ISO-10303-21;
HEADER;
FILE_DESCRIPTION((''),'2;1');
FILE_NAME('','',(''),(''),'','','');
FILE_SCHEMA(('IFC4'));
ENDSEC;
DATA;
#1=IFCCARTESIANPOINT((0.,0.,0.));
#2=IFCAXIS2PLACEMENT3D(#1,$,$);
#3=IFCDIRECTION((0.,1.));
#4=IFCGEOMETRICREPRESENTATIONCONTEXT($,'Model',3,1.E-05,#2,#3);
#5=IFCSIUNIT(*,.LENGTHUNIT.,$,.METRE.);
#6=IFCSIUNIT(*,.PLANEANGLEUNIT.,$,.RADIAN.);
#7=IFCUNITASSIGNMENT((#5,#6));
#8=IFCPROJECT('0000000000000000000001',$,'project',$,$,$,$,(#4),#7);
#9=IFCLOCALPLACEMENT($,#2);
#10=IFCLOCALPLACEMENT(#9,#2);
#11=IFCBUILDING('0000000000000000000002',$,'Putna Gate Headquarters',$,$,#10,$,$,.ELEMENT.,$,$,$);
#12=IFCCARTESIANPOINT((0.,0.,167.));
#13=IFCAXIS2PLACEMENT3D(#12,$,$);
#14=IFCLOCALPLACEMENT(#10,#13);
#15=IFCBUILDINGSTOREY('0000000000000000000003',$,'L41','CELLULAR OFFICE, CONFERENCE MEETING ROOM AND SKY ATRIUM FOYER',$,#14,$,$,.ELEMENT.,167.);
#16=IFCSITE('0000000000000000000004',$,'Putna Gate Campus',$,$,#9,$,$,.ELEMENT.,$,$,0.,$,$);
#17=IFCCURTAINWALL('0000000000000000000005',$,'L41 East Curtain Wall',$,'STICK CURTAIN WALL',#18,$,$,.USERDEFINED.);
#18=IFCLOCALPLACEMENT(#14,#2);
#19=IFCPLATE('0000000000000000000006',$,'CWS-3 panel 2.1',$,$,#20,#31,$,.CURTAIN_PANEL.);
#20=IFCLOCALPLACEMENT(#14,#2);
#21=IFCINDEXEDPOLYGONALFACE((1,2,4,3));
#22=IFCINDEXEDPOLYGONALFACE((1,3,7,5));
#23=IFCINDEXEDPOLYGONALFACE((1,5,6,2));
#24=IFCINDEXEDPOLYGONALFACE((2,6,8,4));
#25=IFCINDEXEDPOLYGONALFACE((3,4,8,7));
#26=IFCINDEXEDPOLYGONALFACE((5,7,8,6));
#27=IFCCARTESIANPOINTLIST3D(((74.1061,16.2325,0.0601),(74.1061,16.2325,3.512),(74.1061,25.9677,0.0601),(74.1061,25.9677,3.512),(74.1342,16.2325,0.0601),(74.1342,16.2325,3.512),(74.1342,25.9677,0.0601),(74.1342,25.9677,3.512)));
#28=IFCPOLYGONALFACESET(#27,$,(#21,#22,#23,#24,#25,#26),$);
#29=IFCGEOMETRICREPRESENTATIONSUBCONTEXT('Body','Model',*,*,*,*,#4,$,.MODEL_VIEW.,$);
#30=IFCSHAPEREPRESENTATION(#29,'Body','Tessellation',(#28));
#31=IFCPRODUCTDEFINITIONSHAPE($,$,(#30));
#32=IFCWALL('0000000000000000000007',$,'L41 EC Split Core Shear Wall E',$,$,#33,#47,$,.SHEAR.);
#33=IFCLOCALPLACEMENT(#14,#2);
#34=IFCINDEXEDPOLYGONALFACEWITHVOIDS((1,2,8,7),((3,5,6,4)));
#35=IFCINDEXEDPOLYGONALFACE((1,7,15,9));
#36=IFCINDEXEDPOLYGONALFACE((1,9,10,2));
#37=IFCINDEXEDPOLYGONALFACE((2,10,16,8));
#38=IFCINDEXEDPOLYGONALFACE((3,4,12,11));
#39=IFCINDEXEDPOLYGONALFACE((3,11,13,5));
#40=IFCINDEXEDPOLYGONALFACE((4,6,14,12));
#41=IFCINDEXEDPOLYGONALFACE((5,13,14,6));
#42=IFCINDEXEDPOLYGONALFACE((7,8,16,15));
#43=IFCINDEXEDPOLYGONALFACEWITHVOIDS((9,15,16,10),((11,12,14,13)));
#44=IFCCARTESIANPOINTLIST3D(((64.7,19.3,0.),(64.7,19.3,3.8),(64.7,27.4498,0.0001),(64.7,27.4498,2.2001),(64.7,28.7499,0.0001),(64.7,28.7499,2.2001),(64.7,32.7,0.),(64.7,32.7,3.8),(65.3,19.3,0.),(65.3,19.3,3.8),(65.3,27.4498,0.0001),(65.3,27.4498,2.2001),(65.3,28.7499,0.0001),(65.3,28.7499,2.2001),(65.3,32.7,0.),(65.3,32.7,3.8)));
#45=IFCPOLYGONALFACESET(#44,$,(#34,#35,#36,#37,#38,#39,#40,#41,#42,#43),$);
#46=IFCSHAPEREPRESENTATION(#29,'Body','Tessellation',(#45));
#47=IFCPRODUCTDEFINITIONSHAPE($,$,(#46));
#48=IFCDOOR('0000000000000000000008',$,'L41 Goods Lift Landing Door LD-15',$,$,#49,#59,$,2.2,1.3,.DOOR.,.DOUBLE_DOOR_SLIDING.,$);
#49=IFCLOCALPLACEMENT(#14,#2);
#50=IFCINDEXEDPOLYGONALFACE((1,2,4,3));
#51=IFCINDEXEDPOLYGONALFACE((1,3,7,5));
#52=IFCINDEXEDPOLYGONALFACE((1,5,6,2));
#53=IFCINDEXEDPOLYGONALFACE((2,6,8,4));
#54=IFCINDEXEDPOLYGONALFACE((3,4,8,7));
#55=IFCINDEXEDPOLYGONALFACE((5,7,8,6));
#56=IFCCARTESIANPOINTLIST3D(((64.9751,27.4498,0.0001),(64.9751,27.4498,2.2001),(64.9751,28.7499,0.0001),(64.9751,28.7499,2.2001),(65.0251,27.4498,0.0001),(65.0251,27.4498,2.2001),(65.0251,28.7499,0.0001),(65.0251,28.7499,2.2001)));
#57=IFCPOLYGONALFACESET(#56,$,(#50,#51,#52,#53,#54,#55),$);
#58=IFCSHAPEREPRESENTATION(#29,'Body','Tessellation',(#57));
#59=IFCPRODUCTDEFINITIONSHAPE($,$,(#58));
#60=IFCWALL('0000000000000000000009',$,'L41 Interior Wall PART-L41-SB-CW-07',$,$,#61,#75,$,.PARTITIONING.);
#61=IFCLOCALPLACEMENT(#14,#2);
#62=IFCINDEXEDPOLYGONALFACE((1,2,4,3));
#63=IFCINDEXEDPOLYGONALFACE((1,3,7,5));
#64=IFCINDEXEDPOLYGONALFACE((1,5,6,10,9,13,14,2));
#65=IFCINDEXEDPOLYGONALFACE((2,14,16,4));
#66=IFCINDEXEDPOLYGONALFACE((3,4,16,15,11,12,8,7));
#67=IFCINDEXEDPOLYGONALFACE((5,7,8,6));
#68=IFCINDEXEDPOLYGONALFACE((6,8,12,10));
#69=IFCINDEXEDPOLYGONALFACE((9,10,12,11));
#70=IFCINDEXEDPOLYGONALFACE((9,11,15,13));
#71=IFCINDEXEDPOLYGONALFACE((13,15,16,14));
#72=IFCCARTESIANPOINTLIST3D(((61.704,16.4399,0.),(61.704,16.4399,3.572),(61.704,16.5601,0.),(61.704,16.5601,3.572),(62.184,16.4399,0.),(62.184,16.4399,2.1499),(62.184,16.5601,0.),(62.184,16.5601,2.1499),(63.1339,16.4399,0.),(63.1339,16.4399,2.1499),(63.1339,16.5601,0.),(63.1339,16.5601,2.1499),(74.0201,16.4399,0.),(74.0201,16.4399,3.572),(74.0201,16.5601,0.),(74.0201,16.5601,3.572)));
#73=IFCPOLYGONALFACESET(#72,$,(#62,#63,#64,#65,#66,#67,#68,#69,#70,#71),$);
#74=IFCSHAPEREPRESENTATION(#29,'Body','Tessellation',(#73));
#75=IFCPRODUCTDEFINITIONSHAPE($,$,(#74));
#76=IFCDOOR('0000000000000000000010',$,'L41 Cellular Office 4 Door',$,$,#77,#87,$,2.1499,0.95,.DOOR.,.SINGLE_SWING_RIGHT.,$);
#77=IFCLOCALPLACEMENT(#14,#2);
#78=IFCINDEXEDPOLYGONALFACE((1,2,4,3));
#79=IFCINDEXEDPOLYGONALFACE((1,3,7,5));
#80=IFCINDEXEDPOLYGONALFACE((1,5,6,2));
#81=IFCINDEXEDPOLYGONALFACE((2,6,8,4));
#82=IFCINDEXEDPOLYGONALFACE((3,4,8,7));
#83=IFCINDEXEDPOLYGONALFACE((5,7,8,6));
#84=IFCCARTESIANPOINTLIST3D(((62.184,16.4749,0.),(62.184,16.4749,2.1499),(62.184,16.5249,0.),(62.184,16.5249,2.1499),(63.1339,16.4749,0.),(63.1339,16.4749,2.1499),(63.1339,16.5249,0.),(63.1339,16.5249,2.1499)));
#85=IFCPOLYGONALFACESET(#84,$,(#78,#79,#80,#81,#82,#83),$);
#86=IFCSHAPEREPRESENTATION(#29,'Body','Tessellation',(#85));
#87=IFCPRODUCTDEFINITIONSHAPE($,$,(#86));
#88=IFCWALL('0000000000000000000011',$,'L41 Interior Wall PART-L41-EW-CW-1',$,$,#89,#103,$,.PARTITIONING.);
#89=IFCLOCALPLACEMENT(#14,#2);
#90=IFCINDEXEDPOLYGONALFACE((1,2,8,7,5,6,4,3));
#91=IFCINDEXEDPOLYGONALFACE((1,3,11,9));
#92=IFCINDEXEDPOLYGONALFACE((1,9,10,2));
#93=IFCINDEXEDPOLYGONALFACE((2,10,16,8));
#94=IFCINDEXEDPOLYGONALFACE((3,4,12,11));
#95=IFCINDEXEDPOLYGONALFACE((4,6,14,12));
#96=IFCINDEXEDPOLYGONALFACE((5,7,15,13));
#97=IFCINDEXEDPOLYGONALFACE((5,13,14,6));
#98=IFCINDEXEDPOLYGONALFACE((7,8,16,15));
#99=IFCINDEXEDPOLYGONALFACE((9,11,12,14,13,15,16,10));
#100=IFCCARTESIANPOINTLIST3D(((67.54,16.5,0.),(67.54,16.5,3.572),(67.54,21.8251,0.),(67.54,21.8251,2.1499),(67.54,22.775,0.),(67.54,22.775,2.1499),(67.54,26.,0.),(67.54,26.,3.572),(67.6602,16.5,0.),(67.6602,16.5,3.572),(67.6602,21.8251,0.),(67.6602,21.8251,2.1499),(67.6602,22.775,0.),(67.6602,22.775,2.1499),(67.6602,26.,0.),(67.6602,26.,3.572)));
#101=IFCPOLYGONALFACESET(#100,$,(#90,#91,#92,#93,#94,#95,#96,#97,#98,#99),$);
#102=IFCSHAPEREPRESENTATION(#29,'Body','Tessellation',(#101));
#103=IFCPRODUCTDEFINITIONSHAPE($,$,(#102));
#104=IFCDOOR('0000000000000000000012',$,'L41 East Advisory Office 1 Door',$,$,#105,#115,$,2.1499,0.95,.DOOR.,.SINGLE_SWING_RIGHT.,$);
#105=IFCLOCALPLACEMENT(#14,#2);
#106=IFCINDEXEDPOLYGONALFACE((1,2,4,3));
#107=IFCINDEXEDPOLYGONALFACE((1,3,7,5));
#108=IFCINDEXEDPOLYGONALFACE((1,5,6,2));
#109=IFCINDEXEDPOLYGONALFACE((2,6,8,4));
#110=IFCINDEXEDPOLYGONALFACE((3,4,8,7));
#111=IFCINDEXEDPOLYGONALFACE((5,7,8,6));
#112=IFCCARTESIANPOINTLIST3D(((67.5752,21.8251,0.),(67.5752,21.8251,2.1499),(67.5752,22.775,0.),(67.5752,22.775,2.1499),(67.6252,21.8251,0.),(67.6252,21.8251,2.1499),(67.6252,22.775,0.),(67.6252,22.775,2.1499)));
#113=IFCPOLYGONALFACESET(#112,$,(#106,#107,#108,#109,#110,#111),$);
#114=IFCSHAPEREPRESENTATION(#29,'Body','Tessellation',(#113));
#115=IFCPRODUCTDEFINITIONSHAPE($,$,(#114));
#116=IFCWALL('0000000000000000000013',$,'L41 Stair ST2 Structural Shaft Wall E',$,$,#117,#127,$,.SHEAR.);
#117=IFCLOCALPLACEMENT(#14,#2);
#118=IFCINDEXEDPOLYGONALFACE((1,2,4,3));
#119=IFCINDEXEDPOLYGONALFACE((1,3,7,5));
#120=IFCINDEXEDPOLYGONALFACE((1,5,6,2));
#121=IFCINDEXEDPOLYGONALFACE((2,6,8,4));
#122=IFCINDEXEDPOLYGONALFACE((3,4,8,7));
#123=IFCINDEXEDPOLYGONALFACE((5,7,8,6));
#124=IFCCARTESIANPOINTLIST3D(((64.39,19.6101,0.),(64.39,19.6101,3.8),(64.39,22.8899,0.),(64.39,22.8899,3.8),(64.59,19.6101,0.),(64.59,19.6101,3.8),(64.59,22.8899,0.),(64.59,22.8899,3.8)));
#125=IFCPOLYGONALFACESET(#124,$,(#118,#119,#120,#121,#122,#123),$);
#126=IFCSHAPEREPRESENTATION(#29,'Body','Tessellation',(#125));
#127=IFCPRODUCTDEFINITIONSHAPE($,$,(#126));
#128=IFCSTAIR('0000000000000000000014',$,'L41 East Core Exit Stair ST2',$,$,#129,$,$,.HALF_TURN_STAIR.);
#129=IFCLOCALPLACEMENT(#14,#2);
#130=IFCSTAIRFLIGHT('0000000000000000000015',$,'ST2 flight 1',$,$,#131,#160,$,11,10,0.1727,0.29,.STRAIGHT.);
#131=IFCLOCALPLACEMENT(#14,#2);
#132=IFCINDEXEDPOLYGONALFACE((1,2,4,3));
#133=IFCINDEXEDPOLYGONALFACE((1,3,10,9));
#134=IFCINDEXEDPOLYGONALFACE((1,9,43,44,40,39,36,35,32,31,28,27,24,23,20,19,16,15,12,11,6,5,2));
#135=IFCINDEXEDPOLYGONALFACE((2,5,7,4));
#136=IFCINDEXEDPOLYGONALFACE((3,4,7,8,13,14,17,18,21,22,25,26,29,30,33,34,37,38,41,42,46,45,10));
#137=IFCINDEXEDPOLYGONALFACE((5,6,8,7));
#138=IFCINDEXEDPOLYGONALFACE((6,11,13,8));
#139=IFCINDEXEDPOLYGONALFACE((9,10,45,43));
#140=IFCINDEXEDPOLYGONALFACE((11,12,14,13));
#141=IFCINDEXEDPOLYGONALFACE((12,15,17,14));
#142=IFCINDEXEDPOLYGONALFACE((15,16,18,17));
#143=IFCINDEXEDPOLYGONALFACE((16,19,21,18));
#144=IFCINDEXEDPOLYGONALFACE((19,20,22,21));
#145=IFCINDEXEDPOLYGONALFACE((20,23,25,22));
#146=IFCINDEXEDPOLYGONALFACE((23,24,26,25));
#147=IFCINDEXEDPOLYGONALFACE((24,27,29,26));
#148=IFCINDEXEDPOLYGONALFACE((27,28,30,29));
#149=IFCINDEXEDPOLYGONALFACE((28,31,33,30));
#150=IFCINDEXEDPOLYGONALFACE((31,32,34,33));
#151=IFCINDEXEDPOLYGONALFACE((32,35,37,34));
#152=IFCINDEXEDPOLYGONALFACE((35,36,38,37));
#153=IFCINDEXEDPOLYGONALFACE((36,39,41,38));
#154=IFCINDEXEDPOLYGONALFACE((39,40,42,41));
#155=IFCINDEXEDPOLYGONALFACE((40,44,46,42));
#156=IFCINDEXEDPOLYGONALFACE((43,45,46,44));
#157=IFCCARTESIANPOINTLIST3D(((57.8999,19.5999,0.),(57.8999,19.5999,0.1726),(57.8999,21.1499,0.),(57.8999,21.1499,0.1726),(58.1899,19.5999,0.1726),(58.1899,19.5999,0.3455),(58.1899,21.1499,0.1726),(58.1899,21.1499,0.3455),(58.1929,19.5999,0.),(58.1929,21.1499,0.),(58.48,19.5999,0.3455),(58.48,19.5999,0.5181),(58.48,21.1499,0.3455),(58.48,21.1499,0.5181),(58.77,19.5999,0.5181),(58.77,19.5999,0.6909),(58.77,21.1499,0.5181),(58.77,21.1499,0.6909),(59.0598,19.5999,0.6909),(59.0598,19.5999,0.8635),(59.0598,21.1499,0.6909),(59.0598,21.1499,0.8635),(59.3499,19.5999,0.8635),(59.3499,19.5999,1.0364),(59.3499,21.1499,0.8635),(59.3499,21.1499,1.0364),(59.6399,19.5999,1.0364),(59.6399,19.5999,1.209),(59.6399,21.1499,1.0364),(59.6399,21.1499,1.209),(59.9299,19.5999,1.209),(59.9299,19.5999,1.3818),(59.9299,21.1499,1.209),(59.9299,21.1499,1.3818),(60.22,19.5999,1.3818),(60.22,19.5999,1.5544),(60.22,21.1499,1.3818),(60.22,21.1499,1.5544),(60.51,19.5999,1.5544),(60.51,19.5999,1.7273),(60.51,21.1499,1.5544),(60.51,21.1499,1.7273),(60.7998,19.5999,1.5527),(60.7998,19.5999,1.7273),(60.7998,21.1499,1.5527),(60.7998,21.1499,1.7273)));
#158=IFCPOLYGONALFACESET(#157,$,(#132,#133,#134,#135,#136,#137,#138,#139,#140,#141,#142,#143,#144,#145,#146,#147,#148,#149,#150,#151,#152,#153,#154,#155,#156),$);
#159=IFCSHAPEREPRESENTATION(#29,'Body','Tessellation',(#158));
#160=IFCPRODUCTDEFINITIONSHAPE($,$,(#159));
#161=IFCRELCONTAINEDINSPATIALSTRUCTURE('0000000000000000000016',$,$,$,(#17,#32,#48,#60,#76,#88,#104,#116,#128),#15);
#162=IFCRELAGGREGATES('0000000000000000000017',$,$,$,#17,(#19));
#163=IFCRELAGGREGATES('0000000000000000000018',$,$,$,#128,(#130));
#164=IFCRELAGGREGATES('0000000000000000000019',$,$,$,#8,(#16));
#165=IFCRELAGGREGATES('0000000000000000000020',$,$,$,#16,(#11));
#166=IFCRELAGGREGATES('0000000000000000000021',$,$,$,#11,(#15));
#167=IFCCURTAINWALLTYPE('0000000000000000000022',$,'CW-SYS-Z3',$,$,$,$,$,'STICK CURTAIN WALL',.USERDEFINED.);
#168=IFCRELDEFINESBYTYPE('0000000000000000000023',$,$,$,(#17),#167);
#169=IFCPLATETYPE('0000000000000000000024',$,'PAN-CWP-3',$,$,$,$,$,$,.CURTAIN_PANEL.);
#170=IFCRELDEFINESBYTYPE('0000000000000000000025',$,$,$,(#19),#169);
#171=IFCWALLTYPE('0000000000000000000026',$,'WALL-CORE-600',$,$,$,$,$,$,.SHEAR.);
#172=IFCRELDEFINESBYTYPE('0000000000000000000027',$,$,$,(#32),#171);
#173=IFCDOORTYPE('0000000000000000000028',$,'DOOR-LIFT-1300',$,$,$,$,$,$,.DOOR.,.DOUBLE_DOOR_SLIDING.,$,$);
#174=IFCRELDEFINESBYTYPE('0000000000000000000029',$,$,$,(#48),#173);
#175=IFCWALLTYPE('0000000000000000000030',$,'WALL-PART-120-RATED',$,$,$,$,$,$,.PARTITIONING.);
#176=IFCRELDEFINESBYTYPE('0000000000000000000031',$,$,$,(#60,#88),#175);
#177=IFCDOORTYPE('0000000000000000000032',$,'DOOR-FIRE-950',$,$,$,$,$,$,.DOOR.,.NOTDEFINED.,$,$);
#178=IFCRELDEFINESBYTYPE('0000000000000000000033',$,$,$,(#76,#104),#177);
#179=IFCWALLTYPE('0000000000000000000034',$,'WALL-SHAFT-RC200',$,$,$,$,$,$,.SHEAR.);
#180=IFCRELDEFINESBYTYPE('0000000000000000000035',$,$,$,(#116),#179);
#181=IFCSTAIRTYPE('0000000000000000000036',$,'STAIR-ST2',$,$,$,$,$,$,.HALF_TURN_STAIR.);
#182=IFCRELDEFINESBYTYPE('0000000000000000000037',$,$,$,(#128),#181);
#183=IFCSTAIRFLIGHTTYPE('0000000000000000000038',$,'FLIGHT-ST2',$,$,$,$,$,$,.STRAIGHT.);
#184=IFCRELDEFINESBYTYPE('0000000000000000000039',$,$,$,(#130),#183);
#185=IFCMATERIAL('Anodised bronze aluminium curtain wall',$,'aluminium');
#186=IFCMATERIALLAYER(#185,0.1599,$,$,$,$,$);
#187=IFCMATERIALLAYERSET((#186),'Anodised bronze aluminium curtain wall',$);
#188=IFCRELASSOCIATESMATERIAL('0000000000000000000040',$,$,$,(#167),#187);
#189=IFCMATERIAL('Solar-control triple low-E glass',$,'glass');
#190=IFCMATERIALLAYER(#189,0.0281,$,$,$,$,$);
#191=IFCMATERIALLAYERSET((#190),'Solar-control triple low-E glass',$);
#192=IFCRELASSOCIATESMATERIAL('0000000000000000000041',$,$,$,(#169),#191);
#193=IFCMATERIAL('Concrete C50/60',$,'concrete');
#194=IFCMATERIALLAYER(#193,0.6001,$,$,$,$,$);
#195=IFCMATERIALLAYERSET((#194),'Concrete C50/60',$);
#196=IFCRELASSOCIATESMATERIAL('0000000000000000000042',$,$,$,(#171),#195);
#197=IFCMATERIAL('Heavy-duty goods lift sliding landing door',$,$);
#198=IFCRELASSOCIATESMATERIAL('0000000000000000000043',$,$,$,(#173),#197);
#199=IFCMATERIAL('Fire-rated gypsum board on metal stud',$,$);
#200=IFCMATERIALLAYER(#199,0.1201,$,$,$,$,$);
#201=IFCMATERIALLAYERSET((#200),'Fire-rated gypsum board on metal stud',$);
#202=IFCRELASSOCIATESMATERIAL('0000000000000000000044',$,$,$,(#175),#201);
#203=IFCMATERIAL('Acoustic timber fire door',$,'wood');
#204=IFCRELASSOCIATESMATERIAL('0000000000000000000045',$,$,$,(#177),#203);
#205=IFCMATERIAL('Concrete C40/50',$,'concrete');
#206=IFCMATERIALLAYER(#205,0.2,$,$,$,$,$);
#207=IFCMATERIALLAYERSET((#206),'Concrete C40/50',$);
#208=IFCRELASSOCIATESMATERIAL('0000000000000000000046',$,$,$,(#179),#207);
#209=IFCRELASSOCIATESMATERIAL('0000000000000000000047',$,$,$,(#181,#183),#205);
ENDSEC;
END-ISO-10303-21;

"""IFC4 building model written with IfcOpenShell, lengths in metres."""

from ifc_helpers import new_model, si_unit, direction, frame, frame_2d, origin, origin_2d, place, context, subcontext, project, spatial, polyline, rectangle, outline, extrude, material, layer, layer_set, type_object, element, fill, aggregate, save


model = new_model("IFC4")

# Units and contexts
model_context = context("Model", 3, precision=1e-05, world=origin(), true_north=direction((0.0, 1.0)))
body_context = subcontext(model_context, "Body", "Model", "MODEL_VIEW")
ifc_project = project(units=[si_unit("LENGTHUNIT", "METRE"), si_unit("PLANEANGLEUNIT", "RADIAN")], contexts=[model_context])

# Site, building, storey
site_placement = place(None, origin())
site = spatial("IfcSite", under=ifc_project, at=site_placement, Name="Putna Gate Campus", CompositionType="ELEMENT", RefElevation=0.0)
building_placement = place(site_placement, origin())
building = spatial("IfcBuilding", under=site, at=building_placement, Name="Putna Gate Headquarters", CompositionType="ELEMENT")
storey_placement = place(building_placement, frame((0.0, 0.0, 167.0)))
storey = spatial("IfcBuildingStorey", under=building, at=storey_placement, Name="L41", Description="CELLULAR OFFICE, CONFERENCE MEETING ROOM AND SKY ATRIUM FOYER", CompositionType="ELEMENT", Elevation=167.0)

# Shared definitions
ifc_material_1 = material(Name="Concrete C50/60", Category="concrete")

# Curtain wall, plate
ifc_material_2 = material(Name="Anodised bronze aluminium curtain wall", Category="aluminium")
ifc_layer_1 = layer(ifc_material_2, 0.1599)
ifc_layer_set_1 = layer_set([ifc_layer_1], Name="Anodised bronze aluminium curtain wall")
curtain_wall_type = type_object("IfcCurtainWallType", Name="CW-SYS-Z3", ElementType="STICK CURTAIN WALL", PredefinedType="USERDEFINED", material=ifc_layer_set_1)
curtain_wall_placement = place(storey_placement, origin())
curtain_wall = element("IfcCurtainWall", 1, at=curtain_wall_placement, inside=storey, type_object=curtain_wall_type, Name="L41 East Curtain Wall", ObjectType="STICK CURTAIN WALL", PredefinedType="USERDEFINED")
ifc_material_3 = material(Name="Solar-control triple low-E glass", Category="glass")
ifc_layer_2 = layer(ifc_material_3, 0.0281)
ifc_layer_set_2 = layer_set([ifc_layer_2], Name="Solar-control triple low-E glass")
plate_type = type_object("IfcPlateType", Name="PAN-CWP-3", PredefinedType="CURTAIN_PANEL", material=ifc_layer_set_2)
plate_placement = place(storey_placement, frame((74.1201, 21.1001, 0.0601), z_axis=(0.0, 0.0, 1.0), x_axis=(0.0, 1.0, 0.0)))
plate = element("IfcPlate", 2, at=plate_placement, type_object=plate_type, Name="CWS-3 panel 2.1", PredefinedType="CURTAIN_PANEL", context=body_context, shape_type="SweptSolid", body=[
    extrude(rectangle(XDim=9.7351, YDim=0.0281, at=origin_2d()), origin(), (0.0, 0.0, 1.0), 3.4519),
])
aggregate(curtain_wall, [plate])

# Walls, openings, doors
ifc_layer_3 = layer(ifc_material_1, 0.6001)
ifc_layer_set_3 = layer_set([ifc_layer_3], Name="Concrete C50/60")
wall_type_1 = type_object("IfcWallType", Name="WALL-CORE-600", PredefinedType="SHEAR", material=ifc_layer_set_3)
wall_1_placement = place(storey_placement, frame((65.0, 19.3, 0.0), z_axis=(0.0, 0.0, 1.0), x_axis=(0.0, 1.0, 0.0)))
wall_1 = element("IfcWall", 3, at=wall_1_placement, inside=storey, type_object=wall_type_1, Name="L41 EC Split Core Shear Wall E", PredefinedType="SHEAR", context=body_context, shape_type="SweptSolid", body=[
    extrude(rectangle(XDim=13.3999, YDim=0.6001, at=frame_2d((6.7, 0.0))), origin(), (0.0, 0.0, 1.0), 3.8),
])
opening_1_placement = place(wall_1_placement, frame((8.1499, 0.0, 0.0)))
opening_1 = element("IfcOpeningElement", 4, at=opening_1_placement, cuts=wall_1, PredefinedType="OPENING", context=body_context, shape_type="SweptSolid", body=[
    extrude(rectangle(XDim=1.3, YDim=2.2, at=frame_2d((0.6499, 1.1001))), frame((0.0, 0.3101, 0.0), z_axis=(0.0, -1.0, 0.0), x_axis=(1.0, 0.0, 0.0)), (0.0, 0.0, 1.0), 0.6201),
])
ifc_material_4 = material(Name="Heavy-duty goods lift sliding landing door")
door_type_1 = type_object("IfcDoorType", Name="DOOR-LIFT-1300", OperationType="DOUBLE_DOOR_SLIDING", PredefinedType="DOOR", material=ifc_material_4)
door_1_placement = place(opening_1_placement, origin())
door_1 = element("IfcDoor", 5, at=door_1_placement, inside=storey, type_object=door_type_1, Name="L41 Goods Lift Landing Door LD-15", OperationType="DOUBLE_DOOR_SLIDING", OverallHeight=2.2, OverallWidth=1.3, PredefinedType="DOOR", context=body_context, shape_type="SweptSolid", body=[
    extrude(rectangle(XDim=1.3, YDim=2.2, at=frame_2d((0.6499, 1.1001))), frame((0.0, 0.0249, 0.0), z_axis=(0.0, -1.0, 0.0), x_axis=(1.0, 0.0, 0.0)), (0.0, 0.0, 1.0), 0.05),
])
fill(opening_1, door_1)
ifc_material_5 = material(Name="Fire-rated gypsum board on metal stud")
ifc_layer_4 = layer(ifc_material_5, 0.1201)
ifc_layer_set_4 = layer_set([ifc_layer_4], Name="Fire-rated gypsum board on metal stud")
wall_type_2 = type_object("IfcWallType", Name="WALL-PART-120-RATED", PredefinedType="PARTITIONING", material=ifc_layer_set_4)
wall_2_placement = place(storey_placement, frame((61.7039, 16.5, 0.0), z_axis=(0.0, 0.0, 1.0), x_axis=(1.0, 0.0, 0.0)))
wall_2 = element("IfcWall", 6, at=wall_2_placement, inside=storey, type_object=wall_type_2, Name="L41 Interior Wall PART-L41-SB-CW-07", PredefinedType="PARTITIONING", context=body_context, shape_type="SweptSolid", body=[
    extrude(rectangle(XDim=12.3162, YDim=0.1201, at=frame_2d((6.1582, 0.0))), origin(), (0.0, 0.0, 1.0), 3.572),
])
opening_2_placement = place(wall_2_placement, frame((0.48, 0.0, 0.0)))
opening_2 = element("IfcOpeningElement", 7, at=opening_2_placement, cuts=wall_2, PredefinedType="OPENING", context=body_context, shape_type="SweptSolid", body=[
    extrude(rectangle(XDim=0.95, YDim=2.1499, at=frame_2d((0.4751, 1.075))), frame((0.0, 0.0701, 0.0), z_axis=(0.0, -1.0, 0.0), x_axis=(1.0, 0.0, 0.0)), (0.0, 0.0, 1.0), 0.1401),
])
ifc_material_6 = material(Name="Acoustic timber fire door", Category="wood")
door_type_2 = type_object("IfcDoorType", Name="DOOR-FIRE-950", OperationType="NOTDEFINED", PredefinedType="DOOR", material=ifc_material_6)
door_2_placement = place(opening_2_placement, origin())
door_2 = element("IfcDoor", 8, at=door_2_placement, inside=storey, type_object=door_type_2, Name="L41 Cellular Office 4 Door", OperationType="SINGLE_SWING_RIGHT", OverallHeight=2.1499, OverallWidth=0.95, PredefinedType="DOOR", context=body_context, shape_type="SweptSolid", body=[
    extrude(rectangle(XDim=0.95, YDim=2.1499, at=frame_2d((0.4751, 1.075))), frame((0.0, 0.0249, 0.0), z_axis=(0.0, -1.0, 0.0), x_axis=(1.0, 0.0, 0.0)), (0.0, 0.0, 1.0), 0.05),
])
fill(opening_2, door_2)
wall_3_placement = place(storey_placement, frame((67.6001, 16.5, 0.0), z_axis=(0.0, 0.0, 1.0), x_axis=(0.0, 1.0, 0.0)))
wall_3 = element("IfcWall", 9, at=wall_3_placement, inside=storey, type_object=wall_type_2, Name="L41 Interior Wall PART-L41-EW-CW-1", PredefinedType="PARTITIONING", context=body_context, shape_type="SweptSolid", body=[
    extrude(rectangle(XDim=9.5, YDim=0.1201, at=frame_2d((4.75, 0.0))), origin(), (0.0, 0.0, 1.0), 3.572),
])
opening_3_placement = place(wall_3_placement, frame((5.325, 0.0, 0.0)))
opening_3 = element("IfcOpeningElement", 10, at=opening_3_placement, cuts=wall_3, PredefinedType="OPENING", context=body_context, shape_type="SweptSolid", body=[
    extrude(rectangle(XDim=0.95, YDim=2.1499, at=frame_2d((0.4751, 1.075))), frame((0.0, 0.0701, 0.0), z_axis=(0.0, -1.0, 0.0), x_axis=(1.0, 0.0, 0.0)), (0.0, 0.0, 1.0), 0.1401),
])
door_3_placement = place(opening_3_placement, origin())
door_3 = element("IfcDoor", 11, at=door_3_placement, inside=storey, type_object=door_type_2, Name="L41 East Advisory Office 1 Door", OperationType="SINGLE_SWING_RIGHT", OverallHeight=2.1499, OverallWidth=0.95, PredefinedType="DOOR", context=body_context, shape_type="SweptSolid", body=[
    extrude(rectangle(XDim=0.95, YDim=2.1499, at=frame_2d((0.4751, 1.075))), frame((0.0, 0.0249, 0.0), z_axis=(0.0, -1.0, 0.0), x_axis=(1.0, 0.0, 0.0)), (0.0, 0.0, 1.0), 0.05),
])
fill(opening_3, door_3)

# Wall
ifc_material_7 = material(Name="Concrete C40/50", Category="concrete")
ifc_layer_5 = layer(ifc_material_7, 0.2)
ifc_layer_set_5 = layer_set([ifc_layer_5], Name="Concrete C40/50")
wall_type_3 = type_object("IfcWallType", Name="WALL-SHAFT-RC200", PredefinedType="SHEAR", material=ifc_layer_set_5)
wall_4_placement = place(storey_placement, frame((64.49, 19.6101, 0.0), z_axis=(0.0, 0.0, 1.0), x_axis=(0.0, 1.0, 0.0)))
element("IfcWall", 12, at=wall_4_placement, inside=storey, type_object=wall_type_3, Name="L41 Stair ST2 Structural Shaft Wall E", PredefinedType="SHEAR", context=body_context, shape_type="SweptSolid", body=[
    extrude(rectangle(XDim=3.2798, YDim=0.2, at=frame_2d((1.6399, 0.0))), origin(), (0.0, 0.0, 1.0), 3.8),
])

# Stair, stair flight
stair_type = type_object("IfcStairType", Name="STAIR-ST2", PredefinedType="HALF_TURN_STAIR", material=ifc_material_7)
stair_placement = place(storey_placement, origin())
stair = element("IfcStair", 13, at=stair_placement, inside=storey, type_object=stair_type, Name="L41 East Core Exit Stair ST2", PredefinedType="HALF_TURN_STAIR")
stair_flight_type = type_object("IfcStairFlightType", Name="FLIGHT-ST2", PredefinedType="STRAIGHT", material=ifc_material_7)
stair_flight_1_placement = place(storey_placement, frame((57.8999, 20.375, 0.0), z_axis=(0.0, 0.0, 1.0), x_axis=(1.0, 0.0, 0.0)))
stair_flight_1 = element("IfcStairFlight", 14, at=stair_flight_1_placement, type_object=stair_flight_type, Name="ST2 flight 1", NumberOfRisers=11, NumberOfTreads=10, PredefinedType="STRAIGHT", RiserHeight=0.1727, TreadLength=0.29, context=body_context, shape_type="SweptSolid", body=[
    extrude(outline(polyline([(0.0, 0.0), (0.0, 0.1726), (0.29, 0.1726), (0.29, 0.3455), (0.5801, 0.3455), (0.5801, 0.5181), (0.8701, 0.5181), (0.8701, 0.6909), (1.1599, 0.6909), (1.1599, 0.8635), (1.45, 0.8635), (1.45, 1.0364), (1.74, 1.0364), (1.74, 1.209), (2.03, 1.209), (2.03, 1.3818), (2.3201, 1.3818), (2.3201, 1.5544), (2.6101, 1.5544), (2.6101, 1.7273), (2.8999, 1.7273), (2.8999, 1.8999), (2.8999, 1.5527), (0.293, 0.0), (0.0, 0.0)])), frame((0.0, 0.7749, 0.0), z_axis=(0.0, -1.0, 0.0), x_axis=(1.0, 0.0, 0.0)), (0.0, 0.0, 1.0), 1.55),
])
aggregate(stair, [stair_flight_1])

save(model, "model.ifc")
